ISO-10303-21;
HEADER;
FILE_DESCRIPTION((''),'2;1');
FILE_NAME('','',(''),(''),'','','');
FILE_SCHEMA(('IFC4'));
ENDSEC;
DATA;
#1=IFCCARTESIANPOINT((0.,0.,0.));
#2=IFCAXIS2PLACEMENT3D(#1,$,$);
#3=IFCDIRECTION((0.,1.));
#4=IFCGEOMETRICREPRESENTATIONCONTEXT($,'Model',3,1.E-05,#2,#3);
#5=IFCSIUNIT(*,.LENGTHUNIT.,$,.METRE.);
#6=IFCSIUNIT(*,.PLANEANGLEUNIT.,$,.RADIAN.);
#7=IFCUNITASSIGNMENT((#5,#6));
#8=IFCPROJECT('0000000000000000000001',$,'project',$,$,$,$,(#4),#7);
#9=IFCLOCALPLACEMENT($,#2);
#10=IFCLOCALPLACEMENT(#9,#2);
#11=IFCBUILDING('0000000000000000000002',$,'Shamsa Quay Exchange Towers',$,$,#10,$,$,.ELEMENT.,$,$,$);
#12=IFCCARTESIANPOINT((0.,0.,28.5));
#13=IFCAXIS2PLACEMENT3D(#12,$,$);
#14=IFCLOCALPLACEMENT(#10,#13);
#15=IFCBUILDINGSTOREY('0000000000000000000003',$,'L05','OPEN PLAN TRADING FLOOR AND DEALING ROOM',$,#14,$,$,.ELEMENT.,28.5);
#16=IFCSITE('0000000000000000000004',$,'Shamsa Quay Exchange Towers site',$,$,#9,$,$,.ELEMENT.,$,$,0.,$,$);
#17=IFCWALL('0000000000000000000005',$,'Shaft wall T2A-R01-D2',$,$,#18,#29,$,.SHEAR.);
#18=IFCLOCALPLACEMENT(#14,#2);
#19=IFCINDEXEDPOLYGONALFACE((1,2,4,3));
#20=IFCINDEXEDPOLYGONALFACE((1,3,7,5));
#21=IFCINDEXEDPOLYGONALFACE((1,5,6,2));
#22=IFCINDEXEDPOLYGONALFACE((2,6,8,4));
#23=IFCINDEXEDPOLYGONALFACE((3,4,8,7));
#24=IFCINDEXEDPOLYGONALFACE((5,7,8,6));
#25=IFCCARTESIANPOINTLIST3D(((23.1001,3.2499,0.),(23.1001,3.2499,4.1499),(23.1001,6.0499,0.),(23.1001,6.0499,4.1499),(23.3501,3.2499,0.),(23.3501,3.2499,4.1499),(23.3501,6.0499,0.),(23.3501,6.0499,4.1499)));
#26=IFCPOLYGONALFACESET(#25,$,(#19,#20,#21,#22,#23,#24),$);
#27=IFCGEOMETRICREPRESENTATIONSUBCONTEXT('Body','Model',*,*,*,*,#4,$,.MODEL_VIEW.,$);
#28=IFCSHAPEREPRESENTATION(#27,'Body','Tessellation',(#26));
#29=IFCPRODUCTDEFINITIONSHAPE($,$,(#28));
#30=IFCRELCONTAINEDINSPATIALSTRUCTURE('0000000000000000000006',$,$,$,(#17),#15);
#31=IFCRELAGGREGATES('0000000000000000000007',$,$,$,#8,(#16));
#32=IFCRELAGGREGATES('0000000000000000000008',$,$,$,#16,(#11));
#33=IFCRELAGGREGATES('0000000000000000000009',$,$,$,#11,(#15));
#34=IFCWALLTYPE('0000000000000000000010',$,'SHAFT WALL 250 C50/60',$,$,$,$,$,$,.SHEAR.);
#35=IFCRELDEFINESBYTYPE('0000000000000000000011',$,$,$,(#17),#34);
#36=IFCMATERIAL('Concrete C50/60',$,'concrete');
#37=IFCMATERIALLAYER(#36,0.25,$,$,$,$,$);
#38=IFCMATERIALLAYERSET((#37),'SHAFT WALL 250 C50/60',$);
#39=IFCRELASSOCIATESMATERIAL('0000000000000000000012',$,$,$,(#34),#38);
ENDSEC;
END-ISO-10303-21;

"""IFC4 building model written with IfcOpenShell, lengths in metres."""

from ifc_helpers import new_model, si_unit, direction, frame, frame_2d, origin, place, context, subcontext, project, spatial, rectangle, extrude, material, layer, layer_set, type_object, element, save


model = new_model("IFC4")

# Units and contexts
model_context = context("Model", 3, precision=1e-05, world=origin(), true_north=direction((0.0, 1.0)))
body_context = subcontext(model_context, "Body", "Model", "MODEL_VIEW")
ifc_project = project(units=[si_unit("LENGTHUNIT", "METRE"), si_unit("PLANEANGLEUNIT", "RADIAN")], contexts=[model_context])

# Site, building, storey
site_placement = place(None, origin())
site = spatial("IfcSite", under=ifc_project, at=site_placement, Name="Shamsa Quay Exchange Towers site", CompositionType="ELEMENT", RefElevation=0.0)
building_placement = place(site_placement, origin())
building = spatial("IfcBuilding", under=site, at=building_placement, Name="Shamsa Quay Exchange Towers", CompositionType="ELEMENT")
storey_placement = place(building_placement, frame((0.0, 0.0, 28.5)))
storey = spatial("IfcBuildingStorey", under=building, at=storey_placement, Name="L05", Description="OPEN PLAN TRADING FLOOR AND DEALING ROOM", CompositionType="ELEMENT", Elevation=28.5)

# Wall
ifc_material_1 = material(Name="Concrete C50/60", Category="concrete")
ifc_layer_1 = layer(ifc_material_1, 0.25)
ifc_layer_set_1 = layer_set([ifc_layer_1], Name="SHAFT WALL 250 C50/60")
wall_type_1 = type_object("IfcWallType", Name="SHAFT WALL 250 C50/60", PredefinedType="SHEAR", material=ifc_layer_set_1)
wall_1_placement = place(storey_placement, frame((23.2251, 3.25, 0.0), z_axis=(0.0, 0.0, 1.0), x_axis=(0.0, 1.0, 0.0)))
element("IfcWall", 1, at=wall_1_placement, inside=storey, type_object=wall_type_1, Name="Shaft wall T2A-R01-D2", PredefinedType="SHEAR", context=body_context, shape_type="SweptSolid", body=[
    extrude(rectangle(XDim=2.8, YDim=0.25, at=frame_2d((1.3999, 0.0))), origin(), (0.0, 0.0, 1.0), 4.1499),
])

save(model, "model.ifc")
